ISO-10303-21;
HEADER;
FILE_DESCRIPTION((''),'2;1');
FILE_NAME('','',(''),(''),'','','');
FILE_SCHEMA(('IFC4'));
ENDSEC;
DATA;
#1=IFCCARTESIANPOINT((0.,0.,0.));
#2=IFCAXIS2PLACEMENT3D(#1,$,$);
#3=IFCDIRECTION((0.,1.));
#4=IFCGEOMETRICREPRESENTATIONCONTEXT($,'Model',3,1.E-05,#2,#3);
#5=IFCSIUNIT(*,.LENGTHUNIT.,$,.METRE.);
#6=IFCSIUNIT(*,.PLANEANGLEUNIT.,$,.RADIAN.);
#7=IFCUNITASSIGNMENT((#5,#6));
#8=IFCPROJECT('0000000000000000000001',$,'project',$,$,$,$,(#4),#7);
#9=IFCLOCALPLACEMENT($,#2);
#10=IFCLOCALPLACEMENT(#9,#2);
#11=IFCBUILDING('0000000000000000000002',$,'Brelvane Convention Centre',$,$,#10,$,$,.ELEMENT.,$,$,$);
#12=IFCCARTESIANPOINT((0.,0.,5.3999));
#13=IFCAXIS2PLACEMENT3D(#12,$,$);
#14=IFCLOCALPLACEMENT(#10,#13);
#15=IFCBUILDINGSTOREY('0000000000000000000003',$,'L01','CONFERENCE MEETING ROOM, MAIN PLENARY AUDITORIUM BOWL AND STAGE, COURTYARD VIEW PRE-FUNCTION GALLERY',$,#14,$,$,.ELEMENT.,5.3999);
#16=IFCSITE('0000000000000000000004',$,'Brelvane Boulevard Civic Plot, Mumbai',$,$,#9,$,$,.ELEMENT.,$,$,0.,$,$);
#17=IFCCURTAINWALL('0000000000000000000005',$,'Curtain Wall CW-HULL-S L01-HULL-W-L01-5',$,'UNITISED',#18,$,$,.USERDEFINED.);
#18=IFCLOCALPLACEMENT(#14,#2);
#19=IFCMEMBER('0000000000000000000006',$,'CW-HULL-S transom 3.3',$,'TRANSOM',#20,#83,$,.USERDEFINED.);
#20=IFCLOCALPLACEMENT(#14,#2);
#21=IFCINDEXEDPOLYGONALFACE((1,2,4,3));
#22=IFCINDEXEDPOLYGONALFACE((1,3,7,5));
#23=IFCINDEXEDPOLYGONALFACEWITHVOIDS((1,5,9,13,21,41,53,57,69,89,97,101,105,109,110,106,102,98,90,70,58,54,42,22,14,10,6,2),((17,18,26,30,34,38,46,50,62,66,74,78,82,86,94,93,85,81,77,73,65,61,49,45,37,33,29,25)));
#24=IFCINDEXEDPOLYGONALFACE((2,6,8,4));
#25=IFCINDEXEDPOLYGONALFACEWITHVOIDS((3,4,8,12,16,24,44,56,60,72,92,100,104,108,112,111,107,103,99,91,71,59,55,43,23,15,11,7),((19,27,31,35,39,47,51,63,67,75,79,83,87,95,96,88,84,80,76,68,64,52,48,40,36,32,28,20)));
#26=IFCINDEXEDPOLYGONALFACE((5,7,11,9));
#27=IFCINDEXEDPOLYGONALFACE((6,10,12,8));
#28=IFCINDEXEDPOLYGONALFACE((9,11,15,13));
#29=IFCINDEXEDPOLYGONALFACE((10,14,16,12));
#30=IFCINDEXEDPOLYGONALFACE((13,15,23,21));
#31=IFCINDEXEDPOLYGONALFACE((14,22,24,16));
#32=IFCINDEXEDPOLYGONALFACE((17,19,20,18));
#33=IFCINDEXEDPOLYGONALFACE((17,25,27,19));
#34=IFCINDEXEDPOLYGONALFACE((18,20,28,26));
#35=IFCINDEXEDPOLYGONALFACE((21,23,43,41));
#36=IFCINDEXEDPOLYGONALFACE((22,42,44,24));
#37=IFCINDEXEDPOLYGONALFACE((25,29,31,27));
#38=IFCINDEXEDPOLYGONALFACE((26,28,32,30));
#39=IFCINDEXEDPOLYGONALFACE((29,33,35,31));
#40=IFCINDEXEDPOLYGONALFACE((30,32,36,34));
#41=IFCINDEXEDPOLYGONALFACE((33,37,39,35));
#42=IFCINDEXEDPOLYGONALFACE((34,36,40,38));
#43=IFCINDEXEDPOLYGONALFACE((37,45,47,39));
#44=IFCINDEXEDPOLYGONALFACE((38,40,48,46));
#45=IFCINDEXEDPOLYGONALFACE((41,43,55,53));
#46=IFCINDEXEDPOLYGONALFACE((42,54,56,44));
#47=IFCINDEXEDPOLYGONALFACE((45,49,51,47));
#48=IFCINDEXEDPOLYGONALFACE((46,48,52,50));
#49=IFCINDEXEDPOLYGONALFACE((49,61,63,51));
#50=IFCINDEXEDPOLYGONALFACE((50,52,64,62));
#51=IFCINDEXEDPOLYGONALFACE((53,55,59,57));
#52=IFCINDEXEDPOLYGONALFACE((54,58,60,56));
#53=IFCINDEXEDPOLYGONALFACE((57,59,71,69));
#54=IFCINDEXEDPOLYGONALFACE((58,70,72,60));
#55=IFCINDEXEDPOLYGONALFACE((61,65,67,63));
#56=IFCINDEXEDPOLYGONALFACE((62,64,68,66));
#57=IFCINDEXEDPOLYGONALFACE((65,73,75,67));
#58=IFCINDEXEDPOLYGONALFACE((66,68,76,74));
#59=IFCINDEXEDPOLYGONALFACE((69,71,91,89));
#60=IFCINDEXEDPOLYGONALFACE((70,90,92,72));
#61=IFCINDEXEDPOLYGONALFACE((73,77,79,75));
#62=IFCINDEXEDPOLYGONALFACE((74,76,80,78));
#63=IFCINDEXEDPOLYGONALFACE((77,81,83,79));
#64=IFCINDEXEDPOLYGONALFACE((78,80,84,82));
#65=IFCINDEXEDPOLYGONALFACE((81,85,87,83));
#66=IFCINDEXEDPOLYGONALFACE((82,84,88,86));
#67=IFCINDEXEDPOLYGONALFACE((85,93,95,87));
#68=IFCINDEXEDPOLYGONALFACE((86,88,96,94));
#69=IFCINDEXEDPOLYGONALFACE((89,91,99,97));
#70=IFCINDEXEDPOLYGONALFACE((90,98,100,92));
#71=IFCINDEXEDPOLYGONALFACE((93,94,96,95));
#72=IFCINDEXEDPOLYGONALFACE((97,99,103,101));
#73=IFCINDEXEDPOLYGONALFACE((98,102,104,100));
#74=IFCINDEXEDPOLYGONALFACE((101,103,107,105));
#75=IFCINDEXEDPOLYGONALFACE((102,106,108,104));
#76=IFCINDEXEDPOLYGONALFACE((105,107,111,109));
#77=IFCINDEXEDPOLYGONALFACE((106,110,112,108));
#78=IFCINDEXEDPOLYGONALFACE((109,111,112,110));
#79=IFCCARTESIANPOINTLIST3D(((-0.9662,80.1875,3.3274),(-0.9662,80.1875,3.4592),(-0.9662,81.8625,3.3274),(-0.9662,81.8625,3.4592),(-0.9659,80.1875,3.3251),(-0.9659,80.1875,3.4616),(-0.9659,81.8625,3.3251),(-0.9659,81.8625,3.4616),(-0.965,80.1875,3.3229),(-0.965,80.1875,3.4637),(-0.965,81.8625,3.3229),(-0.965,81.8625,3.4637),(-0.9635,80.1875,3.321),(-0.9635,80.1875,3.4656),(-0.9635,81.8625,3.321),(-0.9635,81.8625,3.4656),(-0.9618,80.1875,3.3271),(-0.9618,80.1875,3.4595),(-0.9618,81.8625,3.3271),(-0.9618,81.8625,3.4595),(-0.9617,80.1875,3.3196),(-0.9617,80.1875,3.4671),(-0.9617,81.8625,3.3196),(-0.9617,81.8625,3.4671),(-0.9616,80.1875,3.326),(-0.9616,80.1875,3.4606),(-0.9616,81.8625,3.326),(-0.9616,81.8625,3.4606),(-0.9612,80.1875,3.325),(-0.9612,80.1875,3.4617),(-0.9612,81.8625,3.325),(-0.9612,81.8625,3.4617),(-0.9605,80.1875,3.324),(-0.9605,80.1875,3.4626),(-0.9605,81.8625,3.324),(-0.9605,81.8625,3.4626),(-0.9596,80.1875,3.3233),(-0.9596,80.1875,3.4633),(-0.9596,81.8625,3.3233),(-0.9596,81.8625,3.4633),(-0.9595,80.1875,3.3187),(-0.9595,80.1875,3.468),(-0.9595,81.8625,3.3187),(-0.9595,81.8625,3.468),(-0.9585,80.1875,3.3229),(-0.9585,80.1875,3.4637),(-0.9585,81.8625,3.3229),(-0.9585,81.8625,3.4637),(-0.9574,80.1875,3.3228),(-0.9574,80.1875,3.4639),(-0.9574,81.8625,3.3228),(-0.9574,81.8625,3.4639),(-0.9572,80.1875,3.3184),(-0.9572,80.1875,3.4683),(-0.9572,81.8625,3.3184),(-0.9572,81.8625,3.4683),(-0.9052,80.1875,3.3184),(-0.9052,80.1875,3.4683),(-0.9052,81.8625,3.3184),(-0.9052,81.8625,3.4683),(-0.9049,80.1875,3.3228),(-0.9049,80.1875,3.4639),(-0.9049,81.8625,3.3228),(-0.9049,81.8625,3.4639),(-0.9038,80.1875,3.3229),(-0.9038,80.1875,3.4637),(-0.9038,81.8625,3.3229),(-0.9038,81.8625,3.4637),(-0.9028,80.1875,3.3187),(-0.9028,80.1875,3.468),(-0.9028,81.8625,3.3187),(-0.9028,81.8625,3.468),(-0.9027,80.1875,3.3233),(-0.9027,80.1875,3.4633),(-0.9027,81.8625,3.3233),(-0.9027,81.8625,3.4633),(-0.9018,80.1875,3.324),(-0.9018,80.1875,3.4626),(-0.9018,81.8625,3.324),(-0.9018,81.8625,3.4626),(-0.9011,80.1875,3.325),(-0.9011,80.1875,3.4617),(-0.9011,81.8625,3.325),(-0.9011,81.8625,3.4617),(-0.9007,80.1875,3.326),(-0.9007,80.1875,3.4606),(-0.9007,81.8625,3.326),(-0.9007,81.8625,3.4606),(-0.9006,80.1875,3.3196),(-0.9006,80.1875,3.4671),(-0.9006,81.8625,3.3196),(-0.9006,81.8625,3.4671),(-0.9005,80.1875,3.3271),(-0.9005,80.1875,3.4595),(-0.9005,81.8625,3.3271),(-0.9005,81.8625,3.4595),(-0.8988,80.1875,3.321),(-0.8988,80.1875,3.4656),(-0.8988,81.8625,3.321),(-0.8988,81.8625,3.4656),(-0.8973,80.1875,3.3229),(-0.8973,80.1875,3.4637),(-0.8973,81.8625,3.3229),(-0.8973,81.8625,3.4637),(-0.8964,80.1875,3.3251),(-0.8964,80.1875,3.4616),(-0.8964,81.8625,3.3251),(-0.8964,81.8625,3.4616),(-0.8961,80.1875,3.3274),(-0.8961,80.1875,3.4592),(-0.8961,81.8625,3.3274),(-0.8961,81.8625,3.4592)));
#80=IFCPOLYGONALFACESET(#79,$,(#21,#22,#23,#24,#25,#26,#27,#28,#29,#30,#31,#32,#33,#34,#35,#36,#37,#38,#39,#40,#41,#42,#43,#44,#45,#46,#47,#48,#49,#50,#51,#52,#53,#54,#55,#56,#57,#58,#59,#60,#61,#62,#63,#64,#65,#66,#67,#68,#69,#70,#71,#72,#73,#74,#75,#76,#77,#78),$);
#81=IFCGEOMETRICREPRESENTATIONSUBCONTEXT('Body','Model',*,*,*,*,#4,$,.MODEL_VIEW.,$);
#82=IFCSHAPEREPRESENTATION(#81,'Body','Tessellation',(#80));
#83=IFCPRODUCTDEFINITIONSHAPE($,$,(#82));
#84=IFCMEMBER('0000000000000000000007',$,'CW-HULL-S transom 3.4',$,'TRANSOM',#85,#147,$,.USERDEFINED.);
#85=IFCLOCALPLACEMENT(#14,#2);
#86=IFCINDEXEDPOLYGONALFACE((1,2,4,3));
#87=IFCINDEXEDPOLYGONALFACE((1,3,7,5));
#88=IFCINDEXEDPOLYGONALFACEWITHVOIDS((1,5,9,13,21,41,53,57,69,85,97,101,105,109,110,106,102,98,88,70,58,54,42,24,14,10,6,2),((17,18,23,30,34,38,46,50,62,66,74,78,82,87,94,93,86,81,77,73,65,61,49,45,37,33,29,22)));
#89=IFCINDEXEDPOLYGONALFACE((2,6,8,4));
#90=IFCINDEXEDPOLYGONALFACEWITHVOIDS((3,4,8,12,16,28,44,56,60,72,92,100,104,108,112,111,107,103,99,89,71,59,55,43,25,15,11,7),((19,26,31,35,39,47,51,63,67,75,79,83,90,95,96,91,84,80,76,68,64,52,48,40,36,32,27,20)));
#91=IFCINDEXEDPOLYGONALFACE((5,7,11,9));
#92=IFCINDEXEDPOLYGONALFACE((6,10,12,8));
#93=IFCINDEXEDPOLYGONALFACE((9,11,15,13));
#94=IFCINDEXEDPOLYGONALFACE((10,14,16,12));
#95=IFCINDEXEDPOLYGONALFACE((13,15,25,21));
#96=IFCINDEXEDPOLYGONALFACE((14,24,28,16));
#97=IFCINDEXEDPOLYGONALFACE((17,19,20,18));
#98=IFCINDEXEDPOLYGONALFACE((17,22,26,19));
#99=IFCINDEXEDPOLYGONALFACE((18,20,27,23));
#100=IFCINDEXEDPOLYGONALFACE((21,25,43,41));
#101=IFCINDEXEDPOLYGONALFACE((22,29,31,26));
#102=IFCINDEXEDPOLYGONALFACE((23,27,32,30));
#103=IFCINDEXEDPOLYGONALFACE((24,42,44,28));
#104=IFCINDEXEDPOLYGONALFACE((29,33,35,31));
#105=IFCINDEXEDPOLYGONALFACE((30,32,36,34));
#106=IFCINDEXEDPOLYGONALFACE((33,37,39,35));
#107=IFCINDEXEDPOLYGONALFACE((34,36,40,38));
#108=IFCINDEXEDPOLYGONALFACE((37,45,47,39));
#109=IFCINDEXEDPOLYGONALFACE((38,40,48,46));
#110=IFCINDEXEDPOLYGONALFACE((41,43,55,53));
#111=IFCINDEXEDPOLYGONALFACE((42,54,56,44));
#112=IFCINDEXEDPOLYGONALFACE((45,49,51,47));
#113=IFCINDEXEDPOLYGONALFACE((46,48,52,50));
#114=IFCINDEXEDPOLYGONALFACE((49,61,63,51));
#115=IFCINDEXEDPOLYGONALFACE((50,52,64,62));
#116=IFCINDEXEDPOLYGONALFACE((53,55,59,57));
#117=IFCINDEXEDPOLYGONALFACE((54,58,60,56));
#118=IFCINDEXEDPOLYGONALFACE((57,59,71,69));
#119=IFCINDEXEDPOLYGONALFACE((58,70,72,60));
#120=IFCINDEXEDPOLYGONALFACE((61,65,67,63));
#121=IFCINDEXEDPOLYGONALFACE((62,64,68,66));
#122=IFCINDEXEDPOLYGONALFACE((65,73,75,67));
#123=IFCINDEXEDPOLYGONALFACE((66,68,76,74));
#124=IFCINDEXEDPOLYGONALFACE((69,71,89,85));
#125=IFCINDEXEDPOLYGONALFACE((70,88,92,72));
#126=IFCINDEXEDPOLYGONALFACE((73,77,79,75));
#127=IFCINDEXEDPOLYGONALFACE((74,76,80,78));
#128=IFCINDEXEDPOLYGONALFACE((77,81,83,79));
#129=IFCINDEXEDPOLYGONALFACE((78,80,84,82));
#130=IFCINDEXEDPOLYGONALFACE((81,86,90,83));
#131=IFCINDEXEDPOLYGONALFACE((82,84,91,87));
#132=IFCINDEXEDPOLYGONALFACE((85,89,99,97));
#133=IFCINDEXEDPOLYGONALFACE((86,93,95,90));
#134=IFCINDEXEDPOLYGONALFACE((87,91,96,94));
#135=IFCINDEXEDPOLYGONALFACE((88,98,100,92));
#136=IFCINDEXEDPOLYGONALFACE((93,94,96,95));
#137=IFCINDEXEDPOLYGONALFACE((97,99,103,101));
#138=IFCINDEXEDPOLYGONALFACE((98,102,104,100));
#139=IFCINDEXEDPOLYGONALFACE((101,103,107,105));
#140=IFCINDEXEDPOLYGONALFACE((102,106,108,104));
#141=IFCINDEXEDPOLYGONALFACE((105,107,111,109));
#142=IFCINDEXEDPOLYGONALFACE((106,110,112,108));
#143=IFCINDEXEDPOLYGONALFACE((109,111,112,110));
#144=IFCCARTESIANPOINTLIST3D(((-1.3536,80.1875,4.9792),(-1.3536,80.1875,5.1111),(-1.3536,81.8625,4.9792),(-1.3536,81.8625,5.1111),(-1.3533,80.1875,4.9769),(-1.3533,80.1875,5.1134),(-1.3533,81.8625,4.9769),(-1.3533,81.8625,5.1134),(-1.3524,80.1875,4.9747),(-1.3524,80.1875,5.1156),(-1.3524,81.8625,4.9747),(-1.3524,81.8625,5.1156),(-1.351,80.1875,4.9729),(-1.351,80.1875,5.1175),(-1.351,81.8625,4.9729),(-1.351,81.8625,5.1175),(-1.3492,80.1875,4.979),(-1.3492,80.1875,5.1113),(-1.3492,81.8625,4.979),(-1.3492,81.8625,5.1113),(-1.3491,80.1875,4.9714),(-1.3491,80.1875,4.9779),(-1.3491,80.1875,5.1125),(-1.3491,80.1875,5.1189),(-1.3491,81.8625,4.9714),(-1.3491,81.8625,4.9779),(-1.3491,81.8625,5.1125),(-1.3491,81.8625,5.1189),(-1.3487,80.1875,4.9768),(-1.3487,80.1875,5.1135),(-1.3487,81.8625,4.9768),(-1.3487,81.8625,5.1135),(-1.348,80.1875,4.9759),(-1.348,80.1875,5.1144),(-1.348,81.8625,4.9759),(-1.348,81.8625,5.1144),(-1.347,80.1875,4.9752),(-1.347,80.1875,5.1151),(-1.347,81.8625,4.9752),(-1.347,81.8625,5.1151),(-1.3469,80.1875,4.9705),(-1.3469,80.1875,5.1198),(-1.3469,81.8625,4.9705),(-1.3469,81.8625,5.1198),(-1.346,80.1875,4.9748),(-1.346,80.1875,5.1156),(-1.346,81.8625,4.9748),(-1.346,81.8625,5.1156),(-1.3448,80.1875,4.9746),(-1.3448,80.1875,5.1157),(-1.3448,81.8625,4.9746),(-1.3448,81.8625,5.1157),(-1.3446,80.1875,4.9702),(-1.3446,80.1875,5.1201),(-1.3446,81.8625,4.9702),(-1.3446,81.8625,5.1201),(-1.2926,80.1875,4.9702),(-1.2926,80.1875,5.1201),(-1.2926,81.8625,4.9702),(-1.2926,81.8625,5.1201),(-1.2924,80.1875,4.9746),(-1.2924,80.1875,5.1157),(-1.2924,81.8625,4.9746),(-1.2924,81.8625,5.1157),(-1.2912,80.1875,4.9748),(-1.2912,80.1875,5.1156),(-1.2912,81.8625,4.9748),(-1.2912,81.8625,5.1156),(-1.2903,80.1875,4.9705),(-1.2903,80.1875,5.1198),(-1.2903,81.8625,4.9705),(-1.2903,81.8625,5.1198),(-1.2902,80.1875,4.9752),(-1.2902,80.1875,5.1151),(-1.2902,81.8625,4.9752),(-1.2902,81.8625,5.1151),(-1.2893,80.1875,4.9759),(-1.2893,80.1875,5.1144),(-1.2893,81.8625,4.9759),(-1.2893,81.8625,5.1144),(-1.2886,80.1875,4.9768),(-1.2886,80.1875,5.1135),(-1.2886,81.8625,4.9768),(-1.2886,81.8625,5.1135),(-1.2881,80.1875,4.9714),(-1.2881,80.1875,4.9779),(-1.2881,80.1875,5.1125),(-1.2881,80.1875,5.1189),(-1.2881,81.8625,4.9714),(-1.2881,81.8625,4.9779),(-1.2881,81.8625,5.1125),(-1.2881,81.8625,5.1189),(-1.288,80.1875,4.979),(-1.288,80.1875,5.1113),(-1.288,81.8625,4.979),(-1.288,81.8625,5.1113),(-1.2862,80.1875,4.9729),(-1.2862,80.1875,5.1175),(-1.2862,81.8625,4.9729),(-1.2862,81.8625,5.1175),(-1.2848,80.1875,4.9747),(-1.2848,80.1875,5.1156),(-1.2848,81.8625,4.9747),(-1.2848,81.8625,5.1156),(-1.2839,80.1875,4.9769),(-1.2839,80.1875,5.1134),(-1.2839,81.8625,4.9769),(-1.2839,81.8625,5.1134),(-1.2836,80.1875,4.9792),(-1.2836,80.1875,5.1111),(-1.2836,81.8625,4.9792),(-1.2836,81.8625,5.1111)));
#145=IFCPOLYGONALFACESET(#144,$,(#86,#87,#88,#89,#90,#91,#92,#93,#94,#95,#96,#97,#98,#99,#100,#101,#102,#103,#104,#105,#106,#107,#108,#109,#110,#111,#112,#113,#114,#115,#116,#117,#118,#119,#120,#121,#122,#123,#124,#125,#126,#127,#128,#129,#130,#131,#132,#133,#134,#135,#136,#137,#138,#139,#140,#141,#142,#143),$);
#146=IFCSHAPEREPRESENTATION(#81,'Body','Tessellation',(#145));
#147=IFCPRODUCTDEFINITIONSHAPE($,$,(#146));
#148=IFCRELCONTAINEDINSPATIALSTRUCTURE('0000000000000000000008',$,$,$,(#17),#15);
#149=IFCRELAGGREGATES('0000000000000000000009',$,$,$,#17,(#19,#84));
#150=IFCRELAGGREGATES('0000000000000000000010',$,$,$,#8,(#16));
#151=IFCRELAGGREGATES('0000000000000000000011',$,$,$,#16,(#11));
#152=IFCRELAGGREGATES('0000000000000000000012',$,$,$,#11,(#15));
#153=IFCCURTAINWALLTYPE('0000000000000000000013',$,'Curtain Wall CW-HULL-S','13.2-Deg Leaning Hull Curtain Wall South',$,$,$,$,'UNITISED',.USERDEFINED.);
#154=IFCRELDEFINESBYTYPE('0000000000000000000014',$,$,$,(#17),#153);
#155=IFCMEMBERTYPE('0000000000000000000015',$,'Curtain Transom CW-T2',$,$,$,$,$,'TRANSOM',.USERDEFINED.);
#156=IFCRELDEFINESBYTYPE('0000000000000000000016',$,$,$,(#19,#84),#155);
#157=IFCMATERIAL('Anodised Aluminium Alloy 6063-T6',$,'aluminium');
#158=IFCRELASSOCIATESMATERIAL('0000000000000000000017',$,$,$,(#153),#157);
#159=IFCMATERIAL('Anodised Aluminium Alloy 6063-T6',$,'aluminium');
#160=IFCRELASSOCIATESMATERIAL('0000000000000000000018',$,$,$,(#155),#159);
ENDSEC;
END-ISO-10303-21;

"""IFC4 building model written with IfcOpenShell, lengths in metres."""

from ifc_helpers import new_model, si_unit, direction, frame, origin, origin_2d, place, context, subcontext, project, spatial, hollow_rectangle, extrude, material, material_profile, profile_set, type_object, element, aggregate, save


model = new_model("IFC4")

# Units and contexts
model_context = context("Model", 3, precision=1e-05, world=origin(), true_north=direction((0.0, 1.0)))
body_context = subcontext(model_context, "Body", "Model", "MODEL_VIEW")
ifc_project = project(units=[si_unit("LENGTHUNIT", "METRE"), si_unit("PLANEANGLEUNIT", "RADIAN")], contexts=[model_context])

# Site, building, storey
site_placement = place(None, origin())
site = spatial("IfcSite", under=ifc_project, at=site_placement, Name="Brelvane Boulevard Civic Plot, Mumbai", CompositionType="ELEMENT", RefElevation=0.0)
building_placement = place(site_placement, origin())
building = spatial("IfcBuilding", under=site, at=building_placement, Name="Brelvane Convention Centre", CompositionType="ELEMENT")
storey_placement = place(building_placement, frame((0.0, 0.0, 5.3999)))
storey = spatial("IfcBuildingStorey", under=building, at=storey_placement, Name="L01", Description="CONFERENCE MEETING ROOM, MAIN PLENARY AUDITORIUM BOWL AND STAGE, COURTYARD VIEW PRE-FUNCTION GALLERY", CompositionType="ELEMENT", Elevation=5.3999)

# Curtain wall, members
ifc_material_1 = material(Name="Anodised Aluminium Alloy 6063-T6", Category="aluminium")
curtain_wall_type = type_object("IfcCurtainWallType", Name="Curtain Wall CW-HULL-S", Description="13.2-Deg Leaning Hull Curtain Wall South", ElementType="UNITISED", PredefinedType="USERDEFINED", material=ifc_material_1)
curtain_wall_placement = place(storey_placement, origin())
curtain_wall = element("IfcCurtainWall", 1, at=curtain_wall_placement, inside=storey, type_object=curtain_wall_type, Name="Curtain Wall CW-HULL-S L01-HULL-W-L01-5", ObjectType="UNITISED", PredefinedType="USERDEFINED")
ifc_material_2 = material(Name="Anodised Aluminium Alloy 6063-T6", Category="aluminium")
ifc_material_profile_1 = material_profile(ifc_material_2, hollow_rectangle(XDim=0.0701, YDim=0.1499, WallThickness=0.0044, InnerFilletRadius=0.0044, OuterFilletRadius=0.009, at=origin_2d()), Name="ALU-T 150x70x4.5")
ifc_profile_set_1 = profile_set([ifc_material_profile_1], Name="Anodised Aluminium Alloy 6063-T6")
member_type_1 = type_object("IfcMemberType", Name="Curtain Transom CW-T2", ElementType="TRANSOM", PredefinedType="USERDEFINED", material=ifc_profile_set_1)
member_1_placement = place(storey_placement, frame((-0.9312, 80.1875, 3.3933), z_axis=(0.0, 1.0, 0.0), x_axis=(-1.0, 0.0, 0.0)))
member_1 = element("IfcMember", 2, at=member_1_placement, type_object=member_type_1, Name="CW-HULL-S transom 3.3", ObjectType="TRANSOM", PredefinedType="USERDEFINED", context=body_context, shape_type="SweptSolid", body=[
    extrude(hollow_rectangle(XDim=0.0701, YDim=0.1499, WallThickness=0.0044, InnerFilletRadius=0.0044, OuterFilletRadius=0.009, at=origin_2d()), origin(), (0.0, 0.0, 1.0), 1.675),
])
member_2_placement = place(storey_placement, frame((-1.3186, 80.1875, 5.0452), z_axis=(0.0, 1.0, 0.0), x_axis=(-1.0, 0.0, 0.0)))
member_2 = element("IfcMember", 3, at=member_2_placement, type_object=member_type_1, Name="CW-HULL-S transom 3.4", ObjectType="TRANSOM", PredefinedType="USERDEFINED", context=body_context, shape_type="SweptSolid", body=[
    extrude(hollow_rectangle(XDim=0.0701, YDim=0.1499, WallThickness=0.0044, InnerFilletRadius=0.0044, OuterFilletRadius=0.009, at=origin_2d()), origin(), (0.0, 0.0, 1.0), 1.675),
])
aggregate(curtain_wall, [member_1, member_2])

save(model, "model.ifc")
